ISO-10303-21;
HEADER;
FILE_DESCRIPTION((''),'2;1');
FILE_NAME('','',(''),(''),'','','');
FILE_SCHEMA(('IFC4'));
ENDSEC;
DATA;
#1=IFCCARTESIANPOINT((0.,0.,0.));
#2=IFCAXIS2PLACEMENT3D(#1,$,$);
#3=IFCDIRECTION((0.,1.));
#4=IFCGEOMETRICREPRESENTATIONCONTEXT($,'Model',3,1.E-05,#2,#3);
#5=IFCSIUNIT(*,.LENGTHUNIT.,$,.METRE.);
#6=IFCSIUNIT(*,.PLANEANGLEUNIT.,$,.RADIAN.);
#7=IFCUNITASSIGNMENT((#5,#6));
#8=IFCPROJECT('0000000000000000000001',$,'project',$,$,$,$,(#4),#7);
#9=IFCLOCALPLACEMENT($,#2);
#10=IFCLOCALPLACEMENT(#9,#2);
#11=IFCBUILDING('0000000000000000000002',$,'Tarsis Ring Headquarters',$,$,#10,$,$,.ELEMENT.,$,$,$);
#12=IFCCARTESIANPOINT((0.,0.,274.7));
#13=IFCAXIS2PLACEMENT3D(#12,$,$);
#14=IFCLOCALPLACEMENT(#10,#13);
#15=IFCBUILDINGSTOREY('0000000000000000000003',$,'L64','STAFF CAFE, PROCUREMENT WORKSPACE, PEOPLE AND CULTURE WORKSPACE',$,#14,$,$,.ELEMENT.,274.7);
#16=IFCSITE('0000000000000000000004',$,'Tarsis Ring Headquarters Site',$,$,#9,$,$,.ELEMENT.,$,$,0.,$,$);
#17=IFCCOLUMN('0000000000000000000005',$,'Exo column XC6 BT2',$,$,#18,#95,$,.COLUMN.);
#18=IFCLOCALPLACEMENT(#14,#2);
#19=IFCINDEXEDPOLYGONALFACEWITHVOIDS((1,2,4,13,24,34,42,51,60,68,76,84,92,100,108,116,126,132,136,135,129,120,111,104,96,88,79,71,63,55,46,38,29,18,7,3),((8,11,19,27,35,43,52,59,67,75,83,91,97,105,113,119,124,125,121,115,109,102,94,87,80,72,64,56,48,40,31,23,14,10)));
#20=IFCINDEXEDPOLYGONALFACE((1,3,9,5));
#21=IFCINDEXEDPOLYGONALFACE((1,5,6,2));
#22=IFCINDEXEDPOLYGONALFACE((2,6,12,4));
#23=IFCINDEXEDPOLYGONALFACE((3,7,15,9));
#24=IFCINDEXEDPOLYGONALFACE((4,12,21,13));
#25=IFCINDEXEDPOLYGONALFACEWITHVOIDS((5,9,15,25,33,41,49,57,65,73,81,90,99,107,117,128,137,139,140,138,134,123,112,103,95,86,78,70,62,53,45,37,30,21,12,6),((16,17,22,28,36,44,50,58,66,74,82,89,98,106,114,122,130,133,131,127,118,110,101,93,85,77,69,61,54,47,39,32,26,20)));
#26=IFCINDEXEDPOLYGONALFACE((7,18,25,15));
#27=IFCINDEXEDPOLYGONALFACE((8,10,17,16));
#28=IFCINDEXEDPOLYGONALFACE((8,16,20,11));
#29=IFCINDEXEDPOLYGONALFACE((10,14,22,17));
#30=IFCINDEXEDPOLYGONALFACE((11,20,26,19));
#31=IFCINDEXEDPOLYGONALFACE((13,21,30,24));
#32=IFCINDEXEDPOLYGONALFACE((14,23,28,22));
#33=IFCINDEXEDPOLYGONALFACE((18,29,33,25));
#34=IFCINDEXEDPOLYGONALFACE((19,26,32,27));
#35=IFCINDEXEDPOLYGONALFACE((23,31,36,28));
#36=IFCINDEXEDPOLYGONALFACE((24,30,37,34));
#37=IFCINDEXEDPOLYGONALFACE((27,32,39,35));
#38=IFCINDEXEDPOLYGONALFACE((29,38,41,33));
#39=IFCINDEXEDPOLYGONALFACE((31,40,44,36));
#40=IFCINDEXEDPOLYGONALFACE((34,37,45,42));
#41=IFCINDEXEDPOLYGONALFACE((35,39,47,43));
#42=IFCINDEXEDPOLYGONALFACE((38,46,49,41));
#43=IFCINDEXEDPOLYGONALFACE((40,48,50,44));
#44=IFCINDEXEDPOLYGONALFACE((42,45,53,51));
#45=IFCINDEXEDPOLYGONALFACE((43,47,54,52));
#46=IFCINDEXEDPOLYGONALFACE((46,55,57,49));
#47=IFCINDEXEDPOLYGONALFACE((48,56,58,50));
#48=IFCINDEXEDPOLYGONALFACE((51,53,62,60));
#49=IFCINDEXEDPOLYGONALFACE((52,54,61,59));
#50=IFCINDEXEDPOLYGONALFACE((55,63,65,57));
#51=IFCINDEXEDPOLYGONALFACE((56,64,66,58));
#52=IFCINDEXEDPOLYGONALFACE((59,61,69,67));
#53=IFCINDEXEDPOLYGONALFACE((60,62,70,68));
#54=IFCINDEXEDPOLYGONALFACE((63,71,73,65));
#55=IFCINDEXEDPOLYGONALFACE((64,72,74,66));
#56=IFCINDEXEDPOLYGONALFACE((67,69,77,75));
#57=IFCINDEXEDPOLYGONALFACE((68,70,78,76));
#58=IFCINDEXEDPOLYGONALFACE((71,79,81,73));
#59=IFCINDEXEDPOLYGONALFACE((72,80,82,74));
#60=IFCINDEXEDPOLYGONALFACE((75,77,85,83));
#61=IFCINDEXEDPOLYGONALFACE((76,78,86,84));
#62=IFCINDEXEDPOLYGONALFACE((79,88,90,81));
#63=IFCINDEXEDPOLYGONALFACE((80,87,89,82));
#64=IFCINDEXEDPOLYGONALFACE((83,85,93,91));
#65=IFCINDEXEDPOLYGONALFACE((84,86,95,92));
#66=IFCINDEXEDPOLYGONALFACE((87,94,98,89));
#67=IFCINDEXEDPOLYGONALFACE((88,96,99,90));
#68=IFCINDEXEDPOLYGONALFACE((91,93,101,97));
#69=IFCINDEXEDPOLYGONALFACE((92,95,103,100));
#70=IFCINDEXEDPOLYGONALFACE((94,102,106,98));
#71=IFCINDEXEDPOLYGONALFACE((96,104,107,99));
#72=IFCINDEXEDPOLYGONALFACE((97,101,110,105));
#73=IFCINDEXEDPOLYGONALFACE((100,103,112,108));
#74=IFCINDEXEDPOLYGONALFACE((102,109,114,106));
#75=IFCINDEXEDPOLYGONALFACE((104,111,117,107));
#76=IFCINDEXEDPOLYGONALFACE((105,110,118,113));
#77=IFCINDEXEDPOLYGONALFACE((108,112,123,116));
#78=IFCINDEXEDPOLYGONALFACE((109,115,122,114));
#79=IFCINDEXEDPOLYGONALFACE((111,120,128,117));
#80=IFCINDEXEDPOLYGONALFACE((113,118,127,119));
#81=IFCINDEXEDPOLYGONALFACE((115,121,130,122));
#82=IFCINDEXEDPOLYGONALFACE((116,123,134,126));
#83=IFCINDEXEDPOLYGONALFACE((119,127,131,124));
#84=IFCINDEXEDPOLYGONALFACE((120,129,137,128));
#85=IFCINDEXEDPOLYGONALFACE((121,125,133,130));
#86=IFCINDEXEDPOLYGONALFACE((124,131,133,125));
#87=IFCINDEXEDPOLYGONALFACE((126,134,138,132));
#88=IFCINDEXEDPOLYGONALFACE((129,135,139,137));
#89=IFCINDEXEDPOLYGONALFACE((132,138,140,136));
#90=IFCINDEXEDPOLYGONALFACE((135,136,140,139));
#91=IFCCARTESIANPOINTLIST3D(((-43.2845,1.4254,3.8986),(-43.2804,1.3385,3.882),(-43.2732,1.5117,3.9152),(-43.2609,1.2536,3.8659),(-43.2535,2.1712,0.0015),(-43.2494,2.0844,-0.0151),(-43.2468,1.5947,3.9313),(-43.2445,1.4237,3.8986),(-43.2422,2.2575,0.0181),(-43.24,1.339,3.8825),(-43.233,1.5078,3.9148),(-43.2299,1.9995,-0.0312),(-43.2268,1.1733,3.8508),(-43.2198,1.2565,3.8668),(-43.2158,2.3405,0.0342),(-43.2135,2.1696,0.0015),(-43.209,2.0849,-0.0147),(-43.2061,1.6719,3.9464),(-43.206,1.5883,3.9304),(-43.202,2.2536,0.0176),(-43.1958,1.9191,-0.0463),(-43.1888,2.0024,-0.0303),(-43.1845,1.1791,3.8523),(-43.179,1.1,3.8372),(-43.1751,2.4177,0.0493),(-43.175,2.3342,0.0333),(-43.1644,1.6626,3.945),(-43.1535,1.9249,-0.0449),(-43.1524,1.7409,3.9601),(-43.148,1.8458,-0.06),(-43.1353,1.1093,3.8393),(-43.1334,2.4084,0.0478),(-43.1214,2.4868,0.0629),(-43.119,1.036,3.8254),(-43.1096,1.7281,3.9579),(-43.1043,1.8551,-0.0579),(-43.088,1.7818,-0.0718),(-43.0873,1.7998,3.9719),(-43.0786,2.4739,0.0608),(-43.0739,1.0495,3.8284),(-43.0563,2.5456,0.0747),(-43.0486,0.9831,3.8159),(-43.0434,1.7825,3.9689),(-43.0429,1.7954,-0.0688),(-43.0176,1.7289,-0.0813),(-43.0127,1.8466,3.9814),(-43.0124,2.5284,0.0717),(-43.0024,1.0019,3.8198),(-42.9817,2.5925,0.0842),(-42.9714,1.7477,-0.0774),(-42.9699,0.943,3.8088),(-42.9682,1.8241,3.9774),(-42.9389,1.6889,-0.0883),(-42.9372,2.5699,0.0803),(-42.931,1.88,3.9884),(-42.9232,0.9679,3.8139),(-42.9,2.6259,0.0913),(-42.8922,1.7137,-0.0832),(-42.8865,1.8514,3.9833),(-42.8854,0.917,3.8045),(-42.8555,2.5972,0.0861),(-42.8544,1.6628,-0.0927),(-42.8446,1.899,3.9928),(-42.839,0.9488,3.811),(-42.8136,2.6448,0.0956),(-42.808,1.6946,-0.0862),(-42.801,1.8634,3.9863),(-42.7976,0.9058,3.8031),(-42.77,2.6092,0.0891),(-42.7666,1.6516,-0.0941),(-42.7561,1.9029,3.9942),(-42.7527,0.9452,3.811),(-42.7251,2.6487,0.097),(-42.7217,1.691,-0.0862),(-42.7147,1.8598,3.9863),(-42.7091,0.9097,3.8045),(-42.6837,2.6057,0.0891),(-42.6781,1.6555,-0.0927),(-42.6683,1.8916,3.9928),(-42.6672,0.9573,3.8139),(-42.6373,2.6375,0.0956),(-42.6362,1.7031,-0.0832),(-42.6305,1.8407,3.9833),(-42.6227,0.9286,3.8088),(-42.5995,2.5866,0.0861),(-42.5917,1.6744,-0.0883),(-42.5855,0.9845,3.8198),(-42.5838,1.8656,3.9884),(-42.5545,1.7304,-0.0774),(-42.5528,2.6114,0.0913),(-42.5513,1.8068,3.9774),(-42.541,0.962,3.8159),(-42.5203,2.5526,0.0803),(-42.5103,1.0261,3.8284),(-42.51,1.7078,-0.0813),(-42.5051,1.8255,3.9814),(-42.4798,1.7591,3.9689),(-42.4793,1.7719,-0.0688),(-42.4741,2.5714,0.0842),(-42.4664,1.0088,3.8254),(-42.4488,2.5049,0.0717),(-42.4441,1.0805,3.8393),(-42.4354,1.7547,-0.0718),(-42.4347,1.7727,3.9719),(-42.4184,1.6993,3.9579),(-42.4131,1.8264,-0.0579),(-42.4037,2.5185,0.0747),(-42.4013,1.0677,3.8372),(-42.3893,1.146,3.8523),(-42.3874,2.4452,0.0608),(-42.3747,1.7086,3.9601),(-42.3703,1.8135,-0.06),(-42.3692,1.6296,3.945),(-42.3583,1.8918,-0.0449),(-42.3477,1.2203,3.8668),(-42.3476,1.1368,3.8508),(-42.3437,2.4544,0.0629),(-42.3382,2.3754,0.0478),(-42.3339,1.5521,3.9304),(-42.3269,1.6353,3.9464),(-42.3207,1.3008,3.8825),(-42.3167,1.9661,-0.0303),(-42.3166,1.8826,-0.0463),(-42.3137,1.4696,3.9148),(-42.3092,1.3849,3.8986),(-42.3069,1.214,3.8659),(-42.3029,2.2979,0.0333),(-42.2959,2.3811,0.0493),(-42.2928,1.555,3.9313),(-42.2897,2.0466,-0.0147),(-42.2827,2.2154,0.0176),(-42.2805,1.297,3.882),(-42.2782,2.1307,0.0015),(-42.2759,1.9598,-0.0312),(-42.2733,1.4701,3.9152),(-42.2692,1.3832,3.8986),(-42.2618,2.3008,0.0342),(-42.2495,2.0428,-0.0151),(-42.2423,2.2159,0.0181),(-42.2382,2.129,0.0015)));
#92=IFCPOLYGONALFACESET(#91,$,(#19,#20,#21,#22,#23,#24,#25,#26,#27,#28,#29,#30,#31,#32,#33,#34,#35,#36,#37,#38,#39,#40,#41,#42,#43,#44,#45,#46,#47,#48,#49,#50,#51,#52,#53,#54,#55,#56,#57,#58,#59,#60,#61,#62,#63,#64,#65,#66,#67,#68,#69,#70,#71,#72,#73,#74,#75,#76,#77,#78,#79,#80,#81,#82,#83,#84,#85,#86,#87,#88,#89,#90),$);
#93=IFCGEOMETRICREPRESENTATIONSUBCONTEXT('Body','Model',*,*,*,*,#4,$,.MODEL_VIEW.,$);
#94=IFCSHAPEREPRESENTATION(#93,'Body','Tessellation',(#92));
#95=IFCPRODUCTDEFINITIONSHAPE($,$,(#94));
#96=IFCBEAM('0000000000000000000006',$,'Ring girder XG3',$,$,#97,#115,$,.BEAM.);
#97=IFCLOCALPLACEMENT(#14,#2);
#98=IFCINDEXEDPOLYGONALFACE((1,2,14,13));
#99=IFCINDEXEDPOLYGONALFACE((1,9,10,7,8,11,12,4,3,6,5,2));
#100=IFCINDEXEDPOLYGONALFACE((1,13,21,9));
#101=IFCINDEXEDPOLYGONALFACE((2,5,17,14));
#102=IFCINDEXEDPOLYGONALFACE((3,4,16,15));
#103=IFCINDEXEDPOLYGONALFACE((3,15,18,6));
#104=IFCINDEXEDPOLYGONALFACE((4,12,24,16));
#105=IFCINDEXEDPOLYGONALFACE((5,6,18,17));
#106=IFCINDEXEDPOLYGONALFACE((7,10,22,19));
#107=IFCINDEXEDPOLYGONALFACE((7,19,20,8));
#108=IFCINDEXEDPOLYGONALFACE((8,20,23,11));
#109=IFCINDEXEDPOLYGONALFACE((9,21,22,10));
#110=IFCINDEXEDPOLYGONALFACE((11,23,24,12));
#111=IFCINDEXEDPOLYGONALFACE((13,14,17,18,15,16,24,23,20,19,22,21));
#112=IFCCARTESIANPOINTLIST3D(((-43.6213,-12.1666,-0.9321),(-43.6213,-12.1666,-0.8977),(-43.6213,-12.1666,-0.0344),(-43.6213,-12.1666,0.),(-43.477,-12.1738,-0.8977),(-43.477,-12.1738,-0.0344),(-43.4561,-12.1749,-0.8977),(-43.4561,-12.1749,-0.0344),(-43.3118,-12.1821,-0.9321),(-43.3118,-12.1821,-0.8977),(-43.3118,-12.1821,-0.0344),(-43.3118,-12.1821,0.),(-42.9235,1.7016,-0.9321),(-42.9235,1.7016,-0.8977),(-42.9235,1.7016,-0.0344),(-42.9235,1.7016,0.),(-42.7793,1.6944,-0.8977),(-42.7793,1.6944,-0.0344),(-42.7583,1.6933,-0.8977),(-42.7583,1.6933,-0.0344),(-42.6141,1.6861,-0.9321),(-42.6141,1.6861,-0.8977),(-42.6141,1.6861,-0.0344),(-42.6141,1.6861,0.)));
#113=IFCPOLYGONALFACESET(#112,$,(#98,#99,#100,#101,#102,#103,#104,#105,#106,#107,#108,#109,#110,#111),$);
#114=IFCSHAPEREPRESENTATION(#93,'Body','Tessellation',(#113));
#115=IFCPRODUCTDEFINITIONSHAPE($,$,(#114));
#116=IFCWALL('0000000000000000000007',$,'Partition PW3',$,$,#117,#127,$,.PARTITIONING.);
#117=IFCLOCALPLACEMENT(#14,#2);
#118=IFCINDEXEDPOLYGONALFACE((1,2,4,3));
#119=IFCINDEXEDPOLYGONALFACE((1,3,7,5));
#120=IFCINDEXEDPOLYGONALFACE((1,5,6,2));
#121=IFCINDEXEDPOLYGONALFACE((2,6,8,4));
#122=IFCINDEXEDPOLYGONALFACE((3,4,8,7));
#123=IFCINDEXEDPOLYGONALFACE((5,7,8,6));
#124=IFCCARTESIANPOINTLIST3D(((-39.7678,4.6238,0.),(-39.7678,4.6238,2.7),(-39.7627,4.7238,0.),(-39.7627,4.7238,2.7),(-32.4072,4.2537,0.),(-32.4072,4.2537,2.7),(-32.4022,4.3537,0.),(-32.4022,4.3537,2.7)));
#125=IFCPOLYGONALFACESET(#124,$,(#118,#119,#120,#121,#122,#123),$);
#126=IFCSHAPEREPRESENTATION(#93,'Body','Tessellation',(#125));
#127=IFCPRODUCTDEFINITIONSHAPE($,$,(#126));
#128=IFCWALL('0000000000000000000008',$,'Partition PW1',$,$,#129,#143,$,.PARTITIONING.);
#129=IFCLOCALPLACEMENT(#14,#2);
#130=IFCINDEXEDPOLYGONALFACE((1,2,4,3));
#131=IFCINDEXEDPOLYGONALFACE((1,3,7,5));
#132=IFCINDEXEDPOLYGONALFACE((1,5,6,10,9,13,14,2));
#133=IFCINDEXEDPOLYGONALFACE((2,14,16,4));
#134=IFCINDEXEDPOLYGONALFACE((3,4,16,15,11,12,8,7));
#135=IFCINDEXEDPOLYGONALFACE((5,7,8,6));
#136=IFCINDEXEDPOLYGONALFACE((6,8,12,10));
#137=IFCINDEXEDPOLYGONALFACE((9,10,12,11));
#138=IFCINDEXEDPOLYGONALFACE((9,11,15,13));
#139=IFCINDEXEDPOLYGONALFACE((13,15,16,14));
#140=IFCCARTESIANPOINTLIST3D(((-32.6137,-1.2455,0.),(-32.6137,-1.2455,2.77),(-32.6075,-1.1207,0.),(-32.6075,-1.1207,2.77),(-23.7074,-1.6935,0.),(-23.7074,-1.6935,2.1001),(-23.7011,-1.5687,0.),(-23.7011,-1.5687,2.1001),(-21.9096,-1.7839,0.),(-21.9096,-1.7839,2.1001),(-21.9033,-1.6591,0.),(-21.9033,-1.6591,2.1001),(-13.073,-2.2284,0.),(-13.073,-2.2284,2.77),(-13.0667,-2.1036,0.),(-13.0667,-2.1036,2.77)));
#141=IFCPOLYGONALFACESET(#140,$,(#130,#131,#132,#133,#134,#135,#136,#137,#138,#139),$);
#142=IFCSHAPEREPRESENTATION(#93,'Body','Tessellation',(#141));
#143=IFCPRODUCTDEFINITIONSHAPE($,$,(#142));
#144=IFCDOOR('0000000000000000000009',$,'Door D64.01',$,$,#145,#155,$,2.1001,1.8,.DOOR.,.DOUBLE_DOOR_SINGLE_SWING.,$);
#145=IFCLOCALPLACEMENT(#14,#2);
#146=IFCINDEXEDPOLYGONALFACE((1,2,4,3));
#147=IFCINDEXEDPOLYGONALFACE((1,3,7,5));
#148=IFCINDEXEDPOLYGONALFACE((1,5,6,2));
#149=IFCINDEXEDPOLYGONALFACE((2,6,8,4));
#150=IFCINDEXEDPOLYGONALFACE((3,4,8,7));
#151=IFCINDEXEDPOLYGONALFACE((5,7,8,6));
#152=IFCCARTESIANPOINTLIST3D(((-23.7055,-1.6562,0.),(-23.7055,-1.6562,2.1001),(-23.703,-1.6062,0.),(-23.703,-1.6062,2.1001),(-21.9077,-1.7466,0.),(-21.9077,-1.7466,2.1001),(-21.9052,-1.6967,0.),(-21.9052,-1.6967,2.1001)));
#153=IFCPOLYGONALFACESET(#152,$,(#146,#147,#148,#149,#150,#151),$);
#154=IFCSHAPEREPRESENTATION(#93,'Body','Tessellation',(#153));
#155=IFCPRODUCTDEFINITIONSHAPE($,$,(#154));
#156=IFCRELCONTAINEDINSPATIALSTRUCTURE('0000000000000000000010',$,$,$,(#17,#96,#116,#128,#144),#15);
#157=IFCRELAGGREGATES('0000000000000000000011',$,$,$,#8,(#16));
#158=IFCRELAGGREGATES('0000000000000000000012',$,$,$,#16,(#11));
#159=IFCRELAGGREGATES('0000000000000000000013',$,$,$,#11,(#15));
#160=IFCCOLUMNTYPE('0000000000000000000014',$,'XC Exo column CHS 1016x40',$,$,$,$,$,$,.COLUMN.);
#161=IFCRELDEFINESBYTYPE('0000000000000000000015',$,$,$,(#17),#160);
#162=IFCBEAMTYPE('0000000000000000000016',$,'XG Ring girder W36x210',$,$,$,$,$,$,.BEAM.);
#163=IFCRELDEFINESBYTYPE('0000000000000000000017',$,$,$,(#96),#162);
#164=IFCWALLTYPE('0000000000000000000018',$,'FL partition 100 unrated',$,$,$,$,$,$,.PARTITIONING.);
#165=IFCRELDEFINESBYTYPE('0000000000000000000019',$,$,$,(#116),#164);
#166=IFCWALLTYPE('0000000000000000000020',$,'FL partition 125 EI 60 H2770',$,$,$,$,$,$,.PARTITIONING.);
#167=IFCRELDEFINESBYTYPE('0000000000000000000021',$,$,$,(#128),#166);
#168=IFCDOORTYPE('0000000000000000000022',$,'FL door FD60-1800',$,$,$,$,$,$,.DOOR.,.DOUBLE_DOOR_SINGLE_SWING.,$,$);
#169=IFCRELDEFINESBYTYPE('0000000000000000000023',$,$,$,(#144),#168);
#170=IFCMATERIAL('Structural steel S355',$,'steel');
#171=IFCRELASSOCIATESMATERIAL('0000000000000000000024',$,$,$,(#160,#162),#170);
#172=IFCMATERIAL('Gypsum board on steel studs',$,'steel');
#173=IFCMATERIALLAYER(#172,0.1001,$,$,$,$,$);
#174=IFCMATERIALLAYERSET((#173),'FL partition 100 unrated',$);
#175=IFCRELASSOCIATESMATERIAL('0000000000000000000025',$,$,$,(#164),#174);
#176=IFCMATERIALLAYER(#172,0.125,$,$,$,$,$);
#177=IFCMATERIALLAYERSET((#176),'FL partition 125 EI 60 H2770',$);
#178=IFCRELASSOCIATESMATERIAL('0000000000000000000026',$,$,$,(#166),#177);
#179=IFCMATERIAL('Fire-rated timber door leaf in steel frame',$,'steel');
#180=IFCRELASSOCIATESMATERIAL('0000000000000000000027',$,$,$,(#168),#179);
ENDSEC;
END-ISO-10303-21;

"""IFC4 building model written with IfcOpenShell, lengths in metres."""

from ifc_helpers import new_model, si_unit, direction, frame, frame_2d, origin, origin_2d, place, context, subcontext, project, spatial, rectangle, hollow_circle, i_section, extrude, material, layer, layer_set, material_profile, profile_set, type_object, element, fill, save


model = new_model("IFC4")

# Units and contexts
model_context = context("Model", 3, precision=1e-05, world=origin(), true_north=direction((0.0, 1.0)))
body_context = subcontext(model_context, "Body", "Model", "MODEL_VIEW")
ifc_project = project(units=[si_unit("LENGTHUNIT", "METRE"), si_unit("PLANEANGLEUNIT", "RADIAN")], contexts=[model_context])

# Site, building, storey
site_placement = place(None, origin())
site = spatial("IfcSite", under=ifc_project, at=site_placement, Name="Tarsis Ring Headquarters Site", CompositionType="ELEMENT", RefElevation=0.0)
building_placement = place(site_placement, origin())
building = spatial("IfcBuilding", under=site, at=building_placement, Name="Tarsis Ring Headquarters", CompositionType="ELEMENT")
storey_placement = place(building_placement, frame((0.0, 0.0, 274.7)))
storey = spatial("IfcBuildingStorey", under=building, at=storey_placement, Name="L64", Description="STAFF CAFE, PROCUREMENT WORKSPACE, PEOPLE AND CULTURE WORKSPACE", CompositionType="ELEMENT", Elevation=274.7)

# Column
ifc_material_1 = material(Name="Structural steel S355", Category="steel")
ifc_material_profile_1 = material_profile(ifc_material_1, hollow_circle(Radius=0.5081, WallThickness=0.04, at=origin_2d()), Name="CHS 1016x40")
ifc_profile_set_1 = profile_set([ifc_material_profile_1], Name="Structural steel S355")
column_type = type_object("IfcColumnType", Name="XC Exo column CHS 1016x40", PredefinedType="COLUMN", material=ifc_profile_set_1)
column_placement = place(storey_placement, frame((-42.7458, 2.1501, 0.0015), z_axis=(-0.007814, -0.187963, 0.982145), x_axis=(0.999137, -0.041535, 0.0)))
element("IfcColumn", 1, at=column_placement, inside=storey, type_object=column_type, Name="Exo column XC6 BT2", PredefinedType="COLUMN", context=body_context, shape_type="SweptSolid", body=[
    extrude(hollow_circle(Radius=0.5081, WallThickness=0.04, at=origin_2d()), origin(), (0.0, 0.0, 1.0), 3.968),
])

# Beam
ifc_material_profile_2 = material_profile(ifc_material_1, i_section(OverallWidth=0.3098, OverallDepth=0.9321, WebThickness=0.021, FlangeThickness=0.0344, at=origin_2d()), Name="W36x210")
ifc_profile_set_2 = profile_set([ifc_material_profile_2], Name="Structural steel S355")
beam_type = type_object("IfcBeamType", Name="XG Ring girder W36x210", PredefinedType="BEAM", material=ifc_profile_set_2)
beam_placement = place(storey_placement, frame((-42.7688, 1.6938, -0.4661), z_axis=(-0.05025, -0.998737, 0.0), x_axis=(0.998737, -0.05025, 0.0)))
element("IfcBeam", 2, at=beam_placement, inside=storey, type_object=beam_type, Name="Ring girder XG3", PredefinedType="BEAM", context=body_context, shape_type="SweptSolid", body=[
    extrude(i_section(OverallWidth=0.3098, OverallDepth=0.9321, WebThickness=0.021, FlangeThickness=0.0344, at=origin_2d()), origin(), (0.0, 0.0, 1.0), 13.8857),
])

# Wall
ifc_material_2 = material(Name="Gypsum board on steel studs", Category="steel")
ifc_layer_1 = layer(ifc_material_2, 0.1001)
ifc_layer_set_1 = layer_set([ifc_layer_1], Name="FL partition 100 unrated")
wall_type_1 = type_object("IfcWallType", Name="FL partition 100 unrated", PredefinedType="PARTITIONING", material=ifc_layer_set_1)
wall_1_placement = place(storey_placement, frame((-39.7654, 4.6738, 0.0), z_axis=(0.0, 0.0, 1.0), x_axis=(0.998738, -0.05022, 0.0)))
element("IfcWall", 3, at=wall_1_placement, inside=storey, type_object=wall_type_1, Name="Partition PW3", PredefinedType="PARTITIONING", context=body_context, shape_type="SweptSolid", body=[
    extrude(rectangle(XDim=7.3699, YDim=0.1001, at=frame_2d((3.6851, 0.0))), origin(), (0.0, 0.0, 1.0), 2.7),
])

# Wall, opening, door
ifc_layer_2 = layer(ifc_material_2, 0.125)
ifc_layer_set_2 = layer_set([ifc_layer_2], Name="FL partition 125 EI 60 H2770")
wall_type_2 = type_object("IfcWallType", Name="FL partition 125 EI 60 H2770", PredefinedType="PARTITIONING", material=ifc_layer_set_2)
wall_2_placement = place(storey_placement, frame((-32.6106, -1.1831, 0.0), z_axis=(0.0, 0.0, 1.0), x_axis=(0.998737, -0.050237, 0.0)))
wall_2 = element("IfcWall", 4, at=wall_2_placement, inside=storey, type_object=wall_type_2, Name="Partition PW1", PredefinedType="PARTITIONING", context=body_context, shape_type="SweptSolid", body=[
    extrude(rectangle(XDim=19.5654, YDim=0.125, at=frame_2d((9.7827, 0.0))), origin(), (0.0, 0.0, 1.0), 2.77),
])
opening_1_placement = place(wall_2_placement, frame((8.9177, 0.0, 0.0)))
opening_1 = element("IfcOpeningElement", 5, at=opening_1_placement, cuts=wall_2, PredefinedType="OPENING", context=body_context, shape_type="SweptSolid", body=[
    extrude(rectangle(XDim=1.8, YDim=2.1001, at=frame_2d((0.8999, 1.05))), frame((0.0, 0.0725, 0.0), z_axis=(0.0, -1.0, 0.0), x_axis=(1.0, 0.0, 0.0)), (0.0, 0.0, 1.0), 0.145),
])
ifc_material_3 = material(Name="Fire-rated timber door leaf in steel frame", Category="steel")
door_type_1 = type_object("IfcDoorType", Name="FL door FD60-1800", OperationType="DOUBLE_DOOR_SINGLE_SWING", PredefinedType="DOOR", material=ifc_material_3)
door_1_placement = place(opening_1_placement, origin())
door_1 = element("IfcDoor", 6, at=door_1_placement, inside=storey, type_object=door_type_1, Name="Door D64.01", OperationType="DOUBLE_DOOR_SINGLE_SWING", OverallHeight=2.1001, OverallWidth=1.8, PredefinedType="DOOR", context=body_context, shape_type="SweptSolid", body=[
    extrude(rectangle(XDim=1.8, YDim=2.1001, at=frame_2d((0.8999, 1.05))), frame((0.0, 0.0249, 0.0), z_axis=(0.0, -1.0, 0.0), x_axis=(1.0, 0.0, 0.0)), (0.0, 0.0, 1.0), 0.05),
])
fill(opening_1, door_1)

save(model, "model.ifc")
